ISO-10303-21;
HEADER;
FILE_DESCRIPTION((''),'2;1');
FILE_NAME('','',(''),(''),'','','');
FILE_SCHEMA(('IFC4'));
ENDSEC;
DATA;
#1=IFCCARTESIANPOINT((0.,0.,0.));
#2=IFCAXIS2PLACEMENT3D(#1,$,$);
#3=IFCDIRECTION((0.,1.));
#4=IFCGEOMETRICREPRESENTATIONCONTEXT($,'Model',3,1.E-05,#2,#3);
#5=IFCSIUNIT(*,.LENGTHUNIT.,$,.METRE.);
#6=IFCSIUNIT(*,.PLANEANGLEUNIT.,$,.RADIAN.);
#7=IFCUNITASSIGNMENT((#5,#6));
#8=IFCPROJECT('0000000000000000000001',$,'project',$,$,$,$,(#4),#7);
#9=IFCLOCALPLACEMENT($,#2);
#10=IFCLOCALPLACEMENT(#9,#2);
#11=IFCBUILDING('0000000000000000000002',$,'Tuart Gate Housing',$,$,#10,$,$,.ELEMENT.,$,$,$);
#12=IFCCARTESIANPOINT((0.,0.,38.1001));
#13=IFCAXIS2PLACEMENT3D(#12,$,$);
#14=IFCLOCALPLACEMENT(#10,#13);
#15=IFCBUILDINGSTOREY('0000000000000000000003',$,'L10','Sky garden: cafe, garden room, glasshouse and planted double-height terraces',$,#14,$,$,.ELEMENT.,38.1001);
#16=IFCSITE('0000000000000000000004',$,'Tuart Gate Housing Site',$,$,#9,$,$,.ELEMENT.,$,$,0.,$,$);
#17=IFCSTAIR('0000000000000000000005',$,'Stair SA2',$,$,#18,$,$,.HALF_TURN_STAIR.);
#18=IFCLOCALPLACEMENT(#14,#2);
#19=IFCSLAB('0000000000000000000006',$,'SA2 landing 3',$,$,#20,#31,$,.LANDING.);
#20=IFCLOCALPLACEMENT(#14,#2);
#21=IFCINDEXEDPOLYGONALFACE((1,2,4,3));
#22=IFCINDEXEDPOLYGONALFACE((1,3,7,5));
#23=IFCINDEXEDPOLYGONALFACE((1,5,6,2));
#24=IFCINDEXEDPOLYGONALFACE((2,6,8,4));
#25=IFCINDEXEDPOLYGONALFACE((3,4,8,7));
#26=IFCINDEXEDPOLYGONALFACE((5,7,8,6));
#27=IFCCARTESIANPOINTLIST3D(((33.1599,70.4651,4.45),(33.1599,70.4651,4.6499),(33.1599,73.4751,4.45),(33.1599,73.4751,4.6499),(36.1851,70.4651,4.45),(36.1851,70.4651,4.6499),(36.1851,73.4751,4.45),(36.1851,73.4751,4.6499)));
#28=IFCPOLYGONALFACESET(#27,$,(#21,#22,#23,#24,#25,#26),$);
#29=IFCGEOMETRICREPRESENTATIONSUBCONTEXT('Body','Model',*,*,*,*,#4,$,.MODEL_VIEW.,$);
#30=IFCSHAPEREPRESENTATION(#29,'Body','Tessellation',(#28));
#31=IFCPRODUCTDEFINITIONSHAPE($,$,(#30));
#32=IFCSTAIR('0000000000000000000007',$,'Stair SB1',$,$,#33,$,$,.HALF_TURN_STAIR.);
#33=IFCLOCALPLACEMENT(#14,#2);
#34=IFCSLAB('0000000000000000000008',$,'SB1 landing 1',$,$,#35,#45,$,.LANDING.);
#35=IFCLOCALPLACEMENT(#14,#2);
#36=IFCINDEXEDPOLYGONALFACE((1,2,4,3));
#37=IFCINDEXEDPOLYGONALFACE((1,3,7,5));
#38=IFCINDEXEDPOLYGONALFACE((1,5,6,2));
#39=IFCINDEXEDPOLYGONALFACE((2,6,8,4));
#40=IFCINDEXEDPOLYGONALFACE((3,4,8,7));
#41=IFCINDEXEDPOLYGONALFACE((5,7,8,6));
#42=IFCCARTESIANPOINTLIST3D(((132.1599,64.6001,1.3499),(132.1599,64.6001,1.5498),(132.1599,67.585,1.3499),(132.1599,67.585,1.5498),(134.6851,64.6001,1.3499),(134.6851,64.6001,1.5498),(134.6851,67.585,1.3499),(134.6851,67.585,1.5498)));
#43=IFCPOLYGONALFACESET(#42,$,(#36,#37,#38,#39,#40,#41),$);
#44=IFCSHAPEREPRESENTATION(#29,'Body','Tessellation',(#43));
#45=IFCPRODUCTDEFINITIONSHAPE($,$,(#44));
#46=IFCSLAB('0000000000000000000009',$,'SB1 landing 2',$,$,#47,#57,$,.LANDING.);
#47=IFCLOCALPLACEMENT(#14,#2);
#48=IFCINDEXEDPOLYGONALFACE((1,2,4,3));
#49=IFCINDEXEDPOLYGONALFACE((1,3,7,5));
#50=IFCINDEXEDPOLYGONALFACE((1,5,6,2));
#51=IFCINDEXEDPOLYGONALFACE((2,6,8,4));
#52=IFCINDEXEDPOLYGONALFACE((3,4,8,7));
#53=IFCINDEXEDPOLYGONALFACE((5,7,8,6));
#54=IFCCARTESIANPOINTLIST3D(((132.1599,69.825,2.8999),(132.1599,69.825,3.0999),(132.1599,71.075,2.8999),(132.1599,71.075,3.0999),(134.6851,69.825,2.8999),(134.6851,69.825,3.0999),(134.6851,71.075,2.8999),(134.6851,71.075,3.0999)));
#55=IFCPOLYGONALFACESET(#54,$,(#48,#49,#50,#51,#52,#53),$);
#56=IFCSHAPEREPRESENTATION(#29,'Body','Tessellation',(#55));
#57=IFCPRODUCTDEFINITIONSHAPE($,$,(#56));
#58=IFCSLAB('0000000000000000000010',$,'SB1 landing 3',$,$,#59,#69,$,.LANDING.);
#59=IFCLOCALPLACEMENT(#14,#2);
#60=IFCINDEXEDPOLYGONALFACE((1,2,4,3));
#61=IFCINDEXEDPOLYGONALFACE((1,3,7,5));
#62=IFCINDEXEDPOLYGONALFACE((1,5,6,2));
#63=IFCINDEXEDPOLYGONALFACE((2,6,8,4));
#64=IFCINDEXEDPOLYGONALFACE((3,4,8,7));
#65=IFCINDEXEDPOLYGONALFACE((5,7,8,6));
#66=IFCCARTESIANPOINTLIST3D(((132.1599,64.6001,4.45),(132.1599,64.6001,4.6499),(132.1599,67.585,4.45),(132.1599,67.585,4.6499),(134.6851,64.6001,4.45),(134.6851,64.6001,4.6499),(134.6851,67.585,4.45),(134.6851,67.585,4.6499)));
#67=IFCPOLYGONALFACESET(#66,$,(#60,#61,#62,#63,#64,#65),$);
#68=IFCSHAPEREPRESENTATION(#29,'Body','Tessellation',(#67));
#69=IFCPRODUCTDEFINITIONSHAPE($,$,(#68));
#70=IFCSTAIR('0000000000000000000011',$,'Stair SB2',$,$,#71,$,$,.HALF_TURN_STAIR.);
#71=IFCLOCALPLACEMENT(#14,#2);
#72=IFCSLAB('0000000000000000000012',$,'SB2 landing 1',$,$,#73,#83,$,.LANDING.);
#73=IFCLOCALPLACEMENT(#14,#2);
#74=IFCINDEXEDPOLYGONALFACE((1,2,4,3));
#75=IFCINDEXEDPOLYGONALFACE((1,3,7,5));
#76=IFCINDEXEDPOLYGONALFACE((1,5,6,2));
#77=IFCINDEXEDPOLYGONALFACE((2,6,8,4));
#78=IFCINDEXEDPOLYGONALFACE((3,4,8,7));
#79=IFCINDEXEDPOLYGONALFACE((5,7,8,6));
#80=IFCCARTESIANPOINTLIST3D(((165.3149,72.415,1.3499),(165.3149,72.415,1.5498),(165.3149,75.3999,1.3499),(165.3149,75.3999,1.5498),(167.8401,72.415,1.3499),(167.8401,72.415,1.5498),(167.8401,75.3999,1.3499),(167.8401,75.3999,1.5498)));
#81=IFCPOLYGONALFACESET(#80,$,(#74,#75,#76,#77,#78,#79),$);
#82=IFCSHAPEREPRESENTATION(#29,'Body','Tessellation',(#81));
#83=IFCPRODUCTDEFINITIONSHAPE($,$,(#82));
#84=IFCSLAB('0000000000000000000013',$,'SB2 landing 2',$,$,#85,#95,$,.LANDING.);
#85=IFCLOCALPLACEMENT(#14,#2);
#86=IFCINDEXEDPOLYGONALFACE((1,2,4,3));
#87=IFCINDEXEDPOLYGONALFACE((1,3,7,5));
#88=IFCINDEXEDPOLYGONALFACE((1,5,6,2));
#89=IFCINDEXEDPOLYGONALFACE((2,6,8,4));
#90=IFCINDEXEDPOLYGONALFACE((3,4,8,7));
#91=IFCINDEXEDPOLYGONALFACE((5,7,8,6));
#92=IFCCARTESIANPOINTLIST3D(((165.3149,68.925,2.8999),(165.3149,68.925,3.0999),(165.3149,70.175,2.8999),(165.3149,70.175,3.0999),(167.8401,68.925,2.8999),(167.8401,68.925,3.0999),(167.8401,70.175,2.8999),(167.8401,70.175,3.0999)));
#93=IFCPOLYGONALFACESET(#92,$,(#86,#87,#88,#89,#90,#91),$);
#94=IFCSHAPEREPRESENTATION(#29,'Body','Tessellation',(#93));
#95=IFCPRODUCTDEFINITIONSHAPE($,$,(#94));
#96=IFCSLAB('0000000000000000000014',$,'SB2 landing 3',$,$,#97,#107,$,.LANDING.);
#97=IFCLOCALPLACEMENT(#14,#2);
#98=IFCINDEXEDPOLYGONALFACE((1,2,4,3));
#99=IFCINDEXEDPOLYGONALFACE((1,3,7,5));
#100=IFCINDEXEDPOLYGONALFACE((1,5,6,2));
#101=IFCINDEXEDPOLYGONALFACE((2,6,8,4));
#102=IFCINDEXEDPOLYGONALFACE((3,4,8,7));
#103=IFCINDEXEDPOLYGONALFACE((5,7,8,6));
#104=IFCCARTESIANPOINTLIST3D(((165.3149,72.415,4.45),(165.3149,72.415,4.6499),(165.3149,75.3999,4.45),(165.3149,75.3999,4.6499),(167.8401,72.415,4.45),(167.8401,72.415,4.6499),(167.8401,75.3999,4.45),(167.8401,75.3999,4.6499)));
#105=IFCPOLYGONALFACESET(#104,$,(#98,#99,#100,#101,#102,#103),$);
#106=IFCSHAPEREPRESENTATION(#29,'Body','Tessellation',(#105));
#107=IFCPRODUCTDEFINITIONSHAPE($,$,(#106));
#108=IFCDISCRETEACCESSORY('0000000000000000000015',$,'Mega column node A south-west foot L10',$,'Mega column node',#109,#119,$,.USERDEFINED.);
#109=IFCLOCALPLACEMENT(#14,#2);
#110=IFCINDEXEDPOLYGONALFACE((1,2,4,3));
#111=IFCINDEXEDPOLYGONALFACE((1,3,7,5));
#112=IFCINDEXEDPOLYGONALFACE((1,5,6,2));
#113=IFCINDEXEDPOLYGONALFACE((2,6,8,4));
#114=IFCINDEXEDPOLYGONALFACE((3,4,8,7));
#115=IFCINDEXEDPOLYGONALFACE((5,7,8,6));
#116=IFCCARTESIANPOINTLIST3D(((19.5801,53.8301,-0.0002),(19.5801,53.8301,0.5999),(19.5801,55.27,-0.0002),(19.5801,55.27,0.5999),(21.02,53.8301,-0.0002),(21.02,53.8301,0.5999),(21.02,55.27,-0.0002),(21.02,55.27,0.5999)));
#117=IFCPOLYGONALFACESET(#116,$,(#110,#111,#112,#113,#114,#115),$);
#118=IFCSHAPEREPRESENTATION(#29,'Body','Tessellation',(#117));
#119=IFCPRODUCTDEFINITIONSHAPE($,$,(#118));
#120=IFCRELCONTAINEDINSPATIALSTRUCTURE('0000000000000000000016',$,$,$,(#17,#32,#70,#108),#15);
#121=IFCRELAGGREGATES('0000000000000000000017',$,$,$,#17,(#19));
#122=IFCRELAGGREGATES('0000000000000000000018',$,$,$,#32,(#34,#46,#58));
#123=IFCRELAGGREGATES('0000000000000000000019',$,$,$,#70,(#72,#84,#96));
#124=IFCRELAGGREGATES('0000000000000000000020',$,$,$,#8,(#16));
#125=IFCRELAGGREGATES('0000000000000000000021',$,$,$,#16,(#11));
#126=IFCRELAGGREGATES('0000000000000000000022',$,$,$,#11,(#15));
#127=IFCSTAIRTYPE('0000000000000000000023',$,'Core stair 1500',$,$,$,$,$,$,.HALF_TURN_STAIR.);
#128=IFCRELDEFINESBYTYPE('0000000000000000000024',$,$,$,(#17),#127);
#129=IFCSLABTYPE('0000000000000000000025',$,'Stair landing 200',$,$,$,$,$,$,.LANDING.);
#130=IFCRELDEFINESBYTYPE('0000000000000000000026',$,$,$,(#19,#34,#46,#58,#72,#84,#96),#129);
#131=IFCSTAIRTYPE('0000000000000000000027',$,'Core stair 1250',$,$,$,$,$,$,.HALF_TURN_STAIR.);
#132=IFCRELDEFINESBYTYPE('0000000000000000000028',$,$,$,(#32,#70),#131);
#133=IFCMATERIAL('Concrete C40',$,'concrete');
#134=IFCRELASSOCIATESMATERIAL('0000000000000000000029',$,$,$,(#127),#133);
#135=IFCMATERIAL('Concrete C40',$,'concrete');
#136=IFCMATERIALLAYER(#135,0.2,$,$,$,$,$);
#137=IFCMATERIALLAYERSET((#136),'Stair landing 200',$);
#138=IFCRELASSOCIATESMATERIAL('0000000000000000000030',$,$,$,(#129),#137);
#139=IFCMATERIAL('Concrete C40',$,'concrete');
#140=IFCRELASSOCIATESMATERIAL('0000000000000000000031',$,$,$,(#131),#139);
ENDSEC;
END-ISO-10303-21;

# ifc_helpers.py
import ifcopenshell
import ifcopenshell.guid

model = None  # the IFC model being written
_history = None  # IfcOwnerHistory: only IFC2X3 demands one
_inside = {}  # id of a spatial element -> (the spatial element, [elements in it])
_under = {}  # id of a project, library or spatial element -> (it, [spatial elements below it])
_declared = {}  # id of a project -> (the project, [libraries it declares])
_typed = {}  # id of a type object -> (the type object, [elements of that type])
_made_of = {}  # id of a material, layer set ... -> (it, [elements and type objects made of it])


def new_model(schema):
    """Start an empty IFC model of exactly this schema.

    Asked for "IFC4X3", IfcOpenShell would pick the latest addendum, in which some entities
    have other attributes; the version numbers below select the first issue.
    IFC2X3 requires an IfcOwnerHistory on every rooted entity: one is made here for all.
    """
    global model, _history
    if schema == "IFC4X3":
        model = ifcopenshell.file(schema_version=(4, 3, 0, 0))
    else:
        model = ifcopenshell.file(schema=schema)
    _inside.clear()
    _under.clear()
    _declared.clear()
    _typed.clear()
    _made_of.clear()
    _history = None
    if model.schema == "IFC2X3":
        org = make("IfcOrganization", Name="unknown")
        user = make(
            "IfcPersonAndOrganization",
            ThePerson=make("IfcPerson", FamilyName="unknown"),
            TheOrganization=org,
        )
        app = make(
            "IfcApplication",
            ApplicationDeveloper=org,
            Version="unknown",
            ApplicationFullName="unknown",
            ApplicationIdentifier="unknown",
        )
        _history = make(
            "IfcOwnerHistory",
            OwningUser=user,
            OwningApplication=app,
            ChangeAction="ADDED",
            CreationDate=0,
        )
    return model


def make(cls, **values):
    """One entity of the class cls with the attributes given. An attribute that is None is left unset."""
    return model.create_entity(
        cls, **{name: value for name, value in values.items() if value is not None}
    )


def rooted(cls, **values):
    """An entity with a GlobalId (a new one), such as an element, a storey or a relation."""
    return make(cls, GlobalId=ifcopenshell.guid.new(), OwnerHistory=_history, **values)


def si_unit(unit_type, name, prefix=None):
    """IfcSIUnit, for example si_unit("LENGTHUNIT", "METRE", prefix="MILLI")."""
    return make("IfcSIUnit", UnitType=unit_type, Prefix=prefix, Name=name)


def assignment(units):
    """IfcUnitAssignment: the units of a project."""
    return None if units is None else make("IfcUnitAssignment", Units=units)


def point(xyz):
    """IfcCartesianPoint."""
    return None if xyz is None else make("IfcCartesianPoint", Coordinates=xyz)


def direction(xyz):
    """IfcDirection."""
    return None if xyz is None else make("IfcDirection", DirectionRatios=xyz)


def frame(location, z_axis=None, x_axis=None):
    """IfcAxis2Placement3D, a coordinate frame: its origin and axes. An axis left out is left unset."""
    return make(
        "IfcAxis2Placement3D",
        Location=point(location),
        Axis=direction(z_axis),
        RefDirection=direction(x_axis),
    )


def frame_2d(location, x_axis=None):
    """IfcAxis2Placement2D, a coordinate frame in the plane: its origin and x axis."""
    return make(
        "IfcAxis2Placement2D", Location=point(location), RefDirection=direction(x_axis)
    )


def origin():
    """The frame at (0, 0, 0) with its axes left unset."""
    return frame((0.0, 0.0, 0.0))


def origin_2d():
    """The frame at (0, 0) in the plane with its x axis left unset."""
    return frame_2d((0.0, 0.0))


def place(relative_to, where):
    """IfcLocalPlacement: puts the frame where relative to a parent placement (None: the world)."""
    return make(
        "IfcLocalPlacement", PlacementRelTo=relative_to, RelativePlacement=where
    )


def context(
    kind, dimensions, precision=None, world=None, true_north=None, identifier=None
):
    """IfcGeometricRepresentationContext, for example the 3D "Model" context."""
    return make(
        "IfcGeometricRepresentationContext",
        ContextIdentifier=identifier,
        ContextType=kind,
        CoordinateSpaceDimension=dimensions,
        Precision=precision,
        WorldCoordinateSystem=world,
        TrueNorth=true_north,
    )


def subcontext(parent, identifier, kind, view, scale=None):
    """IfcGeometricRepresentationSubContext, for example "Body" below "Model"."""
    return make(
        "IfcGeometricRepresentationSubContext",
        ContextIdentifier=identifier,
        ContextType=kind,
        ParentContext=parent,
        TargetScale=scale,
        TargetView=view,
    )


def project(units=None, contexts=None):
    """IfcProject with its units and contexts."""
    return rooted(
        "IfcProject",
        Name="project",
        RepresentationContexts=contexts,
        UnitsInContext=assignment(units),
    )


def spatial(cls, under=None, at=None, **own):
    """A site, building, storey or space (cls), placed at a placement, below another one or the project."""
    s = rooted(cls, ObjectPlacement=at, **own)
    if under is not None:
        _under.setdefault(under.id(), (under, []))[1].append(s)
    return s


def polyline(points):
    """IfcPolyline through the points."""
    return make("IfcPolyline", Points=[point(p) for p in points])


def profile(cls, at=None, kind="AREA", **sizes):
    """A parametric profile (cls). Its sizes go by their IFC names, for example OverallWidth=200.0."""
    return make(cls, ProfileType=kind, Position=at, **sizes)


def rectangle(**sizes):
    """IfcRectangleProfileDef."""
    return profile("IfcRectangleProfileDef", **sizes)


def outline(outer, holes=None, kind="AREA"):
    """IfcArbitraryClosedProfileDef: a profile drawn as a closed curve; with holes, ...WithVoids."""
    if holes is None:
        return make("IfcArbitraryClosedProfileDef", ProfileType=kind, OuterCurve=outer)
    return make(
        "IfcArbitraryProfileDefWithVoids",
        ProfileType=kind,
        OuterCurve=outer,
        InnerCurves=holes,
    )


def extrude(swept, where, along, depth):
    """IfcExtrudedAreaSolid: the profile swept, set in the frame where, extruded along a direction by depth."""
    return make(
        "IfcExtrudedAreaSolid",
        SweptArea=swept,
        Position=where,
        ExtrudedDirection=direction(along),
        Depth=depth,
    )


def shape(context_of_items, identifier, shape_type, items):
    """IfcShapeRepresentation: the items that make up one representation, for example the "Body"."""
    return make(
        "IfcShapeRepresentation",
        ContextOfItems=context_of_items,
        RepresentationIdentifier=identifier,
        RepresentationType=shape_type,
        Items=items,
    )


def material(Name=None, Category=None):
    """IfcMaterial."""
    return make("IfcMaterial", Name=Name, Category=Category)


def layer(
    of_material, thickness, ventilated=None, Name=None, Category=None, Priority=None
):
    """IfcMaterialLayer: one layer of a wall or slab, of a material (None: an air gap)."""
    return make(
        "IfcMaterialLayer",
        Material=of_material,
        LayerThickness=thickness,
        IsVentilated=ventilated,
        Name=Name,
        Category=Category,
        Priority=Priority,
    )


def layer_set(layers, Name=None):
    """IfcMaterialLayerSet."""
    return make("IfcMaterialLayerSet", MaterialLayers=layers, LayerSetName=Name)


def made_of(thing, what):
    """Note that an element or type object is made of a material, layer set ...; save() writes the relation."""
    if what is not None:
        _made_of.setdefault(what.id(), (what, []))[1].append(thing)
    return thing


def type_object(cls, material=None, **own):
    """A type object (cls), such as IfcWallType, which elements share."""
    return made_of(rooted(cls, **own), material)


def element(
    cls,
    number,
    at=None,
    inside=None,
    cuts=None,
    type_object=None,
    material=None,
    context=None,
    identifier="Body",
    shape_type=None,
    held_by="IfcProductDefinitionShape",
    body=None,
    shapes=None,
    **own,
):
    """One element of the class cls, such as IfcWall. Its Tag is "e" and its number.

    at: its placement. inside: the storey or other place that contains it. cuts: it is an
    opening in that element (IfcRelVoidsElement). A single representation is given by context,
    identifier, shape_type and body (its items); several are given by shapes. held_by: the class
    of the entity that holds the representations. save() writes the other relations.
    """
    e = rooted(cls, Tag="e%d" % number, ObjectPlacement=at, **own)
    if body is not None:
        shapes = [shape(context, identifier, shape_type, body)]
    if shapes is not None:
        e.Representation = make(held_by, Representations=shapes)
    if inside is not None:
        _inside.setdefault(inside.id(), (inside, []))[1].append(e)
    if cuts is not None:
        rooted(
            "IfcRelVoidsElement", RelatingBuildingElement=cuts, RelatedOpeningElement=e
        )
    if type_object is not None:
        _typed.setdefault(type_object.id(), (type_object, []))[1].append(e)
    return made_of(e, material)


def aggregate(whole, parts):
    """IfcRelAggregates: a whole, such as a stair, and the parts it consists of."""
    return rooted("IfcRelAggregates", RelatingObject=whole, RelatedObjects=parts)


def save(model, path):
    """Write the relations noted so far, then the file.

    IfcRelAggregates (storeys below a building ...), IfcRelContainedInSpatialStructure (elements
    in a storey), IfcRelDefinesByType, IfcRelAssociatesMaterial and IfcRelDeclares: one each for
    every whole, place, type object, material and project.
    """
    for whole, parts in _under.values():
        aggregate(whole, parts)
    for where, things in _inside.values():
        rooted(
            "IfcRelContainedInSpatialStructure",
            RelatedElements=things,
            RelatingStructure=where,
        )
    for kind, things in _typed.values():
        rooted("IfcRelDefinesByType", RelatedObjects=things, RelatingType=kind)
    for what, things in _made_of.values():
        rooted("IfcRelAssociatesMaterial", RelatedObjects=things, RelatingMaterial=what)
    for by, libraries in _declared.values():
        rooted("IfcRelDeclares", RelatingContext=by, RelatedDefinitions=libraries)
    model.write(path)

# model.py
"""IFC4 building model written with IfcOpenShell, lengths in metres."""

from ifc_helpers import new_model, si_unit, direction, frame, origin, origin_2d, place, context, subcontext, project, spatial, polyline, rectangle, outline, extrude, material, layer, layer_set, type_object, element, aggregate, save


model = new_model("IFC4")

# Units and contexts
model_context = context("Model", 3, precision=1e-05, world=origin(), true_north=direction((0.0, 1.0)))
body_context = subcontext(model_context, "Body", "Model", "MODEL_VIEW")
ifc_project = project(units=[si_unit("LENGTHUNIT", "METRE"), si_unit("PLANEANGLEUNIT", "RADIAN")], contexts=[model_context])

# Site, building, storey
site_placement = place(None, origin())
site = spatial("IfcSite", under=ifc_project, at=site_placement, Name="Tuart Gate Housing Site", CompositionType="ELEMENT", RefElevation=0.0)
building_placement = place(site_placement, origin())
building = spatial("IfcBuilding", under=site, at=building_placement, Name="Tuart Gate Housing", CompositionType="ELEMENT")
storey_placement = place(building_placement, frame((0.0, 0.0, 38.1001)))
storey = spatial("IfcBuildingStorey", under=building, at=storey_placement, Name="L10", Description="Sky garden: cafe, garden room, glasshouse and planted double-height terraces", CompositionType="ELEMENT", Elevation=38.1001)

# Stairs, slabs
ifc_material_1 = material(Name="Concrete C40", Category="concrete")
stair_type_1 = type_object("IfcStairType", Name="Core stair 1500", PredefinedType="HALF_TURN_STAIR", material=ifc_material_1)
ifc_material_2 = material(Name="Concrete C40", Category="concrete")
ifc_layer_1 = layer(ifc_material_2, 0.2)
ifc_layer_set_1 = layer_set([ifc_layer_1], Name="Stair landing 200")
slab_type_1 = type_object("IfcSlabType", Name="Stair landing 200", PredefinedType="LANDING", material=ifc_layer_set_1)
stair_1_placement = place(storey_placement, origin())
stair_1 = element("IfcStair", 1, at=stair_1_placement, inside=storey, type_object=stair_type_1, Name="Stair SA2", PredefinedType="HALF_TURN_STAIR")
slab_1_placement = place(storey_placement, frame((0.0, 0.0, 4.45)))
slab_1 = element("IfcSlab", 2, at=slab_1_placement, type_object=slab_type_1, Name="SA2 landing 3", PredefinedType="LANDING", context=body_context, shape_type="SweptSolid", body=[
    extrude(outline(polyline([(36.1851, 73.4751), (33.1599, 73.4751), (33.1599, 70.4651), (36.1851, 70.4651), (36.1851, 73.4751)])), origin(), (0.0, 0.0, 1.0), 0.2),
])
aggregate(stair_1, [slab_1])
ifc_material_3 = material(Name="Concrete C40", Category="concrete")
stair_type_2 = type_object("IfcStairType", Name="Core stair 1250", PredefinedType="HALF_TURN_STAIR", material=ifc_material_3)
stair_2_placement = place(storey_placement, origin())
stair_2 = element("IfcStair", 3, at=stair_2_placement, inside=storey, type_object=stair_type_2, Name="Stair SB1", PredefinedType="HALF_TURN_STAIR")
slab_2_placement = place(storey_placement, frame((0.0, 0.0, 1.3499)))
slab_2 = element("IfcSlab", 4, at=slab_2_placement, type_object=slab_type_1, Name="SB1 landing 1", PredefinedType="LANDING", context=body_context, shape_type="SweptSolid", body=[
    extrude(outline(polyline([(134.6851, 67.585), (132.1599, 67.585), (132.1599, 64.6001), (134.6851, 64.6001), (134.6851, 67.585)])), origin(), (0.0, 0.0, 1.0), 0.2),
])
slab_3_placement = place(storey_placement, frame((0.0, 0.0, 2.8999)))
slab_3 = element("IfcSlab", 5, at=slab_3_placement, type_object=slab_type_1, Name="SB1 landing 2", PredefinedType="LANDING", context=body_context, shape_type="SweptSolid", body=[
    extrude(outline(polyline([(132.1599, 71.075), (132.1599, 69.825), (134.6851, 69.825), (134.6851, 71.075), (132.1599, 71.075)])), origin(), (0.0, 0.0, 1.0), 0.2),
])
slab_4_placement = place(storey_placement, frame((0.0, 0.0, 4.45)))
slab_4 = element("IfcSlab", 6, at=slab_4_placement, type_object=slab_type_1, Name="SB1 landing 3", PredefinedType="LANDING", context=body_context, shape_type="SweptSolid", body=[
    extrude(outline(polyline([(134.6851, 67.585), (132.1599, 67.585), (132.1599, 64.6001), (134.6851, 64.6001), (134.6851, 67.585)])), origin(), (0.0, 0.0, 1.0), 0.2),
])
aggregate(stair_2, [slab_2, slab_3, slab_4])
stair_3_placement = place(storey_placement, origin())
stair_3 = element("IfcStair", 7, at=stair_3_placement, inside=storey, type_object=stair_type_2, Name="Stair SB2", PredefinedType="HALF_TURN_STAIR")
slab_5_placement = place(storey_placement, frame((0.0, 0.0, 1.3499)))
slab_5 = element("IfcSlab", 8, at=slab_5_placement, type_object=slab_type_1, Name="SB2 landing 1", PredefinedType="LANDING", context=body_context, shape_type="SweptSolid", body=[
    extrude(outline(polyline([(165.3149, 72.415), (167.8401, 72.415), (167.8401, 75.3999), (165.3149, 75.3999), (165.3149, 72.415)])), origin(), (0.0, 0.0, 1.0), 0.2),
])
slab_6_placement = place(storey_placement, frame((0.0, 0.0, 2.8999)))
slab_6 = element("IfcSlab", 9, at=slab_6_placement, type_object=slab_type_1, Name="SB2 landing 2", PredefinedType="LANDING", context=body_context, shape_type="SweptSolid", body=[
    extrude(outline(polyline([(167.8401, 68.925), (167.8401, 70.175), (165.3149, 70.175), (165.3149, 68.925), (167.8401, 68.925)])), origin(), (0.0, 0.0, 1.0), 0.2),
])
slab_7_placement = place(storey_placement, frame((0.0, 0.0, 4.45)))
slab_7 = element("IfcSlab", 10, at=slab_7_placement, type_object=slab_type_1, Name="SB2 landing 3", PredefinedType="LANDING", context=body_context, shape_type="SweptSolid", body=[
    extrude(outline(polyline([(165.3149, 72.415), (167.8401, 72.415), (167.8401, 75.3999), (165.3149, 75.3999), (165.3149, 72.415)])), origin(), (0.0, 0.0, 1.0), 0.2),
])
aggregate(stair_3, [slab_5, slab_6, slab_7])

# Discrete accessory
discrete_accessory_placement = place(storey_placement, frame((20.3, 54.55, -0.0002), z_axis=(0.0, 0.0, 1.0), x_axis=(1.0, 0.0, 0.0)))
element("IfcDiscreteAccessory", 11, at=discrete_accessory_placement, inside=storey, Name="Mega column node A south-west foot L10", ObjectType="Mega column node", PredefinedType="USERDEFINED", context=body_context, shape_type="SweptSolid", body=[
    extrude(rectangle(XDim=1.4399, YDim=1.4399, at=origin_2d()), origin(), (0.0, 0.0, 1.0), 0.6001),
])

save(model, "model.ifc")
